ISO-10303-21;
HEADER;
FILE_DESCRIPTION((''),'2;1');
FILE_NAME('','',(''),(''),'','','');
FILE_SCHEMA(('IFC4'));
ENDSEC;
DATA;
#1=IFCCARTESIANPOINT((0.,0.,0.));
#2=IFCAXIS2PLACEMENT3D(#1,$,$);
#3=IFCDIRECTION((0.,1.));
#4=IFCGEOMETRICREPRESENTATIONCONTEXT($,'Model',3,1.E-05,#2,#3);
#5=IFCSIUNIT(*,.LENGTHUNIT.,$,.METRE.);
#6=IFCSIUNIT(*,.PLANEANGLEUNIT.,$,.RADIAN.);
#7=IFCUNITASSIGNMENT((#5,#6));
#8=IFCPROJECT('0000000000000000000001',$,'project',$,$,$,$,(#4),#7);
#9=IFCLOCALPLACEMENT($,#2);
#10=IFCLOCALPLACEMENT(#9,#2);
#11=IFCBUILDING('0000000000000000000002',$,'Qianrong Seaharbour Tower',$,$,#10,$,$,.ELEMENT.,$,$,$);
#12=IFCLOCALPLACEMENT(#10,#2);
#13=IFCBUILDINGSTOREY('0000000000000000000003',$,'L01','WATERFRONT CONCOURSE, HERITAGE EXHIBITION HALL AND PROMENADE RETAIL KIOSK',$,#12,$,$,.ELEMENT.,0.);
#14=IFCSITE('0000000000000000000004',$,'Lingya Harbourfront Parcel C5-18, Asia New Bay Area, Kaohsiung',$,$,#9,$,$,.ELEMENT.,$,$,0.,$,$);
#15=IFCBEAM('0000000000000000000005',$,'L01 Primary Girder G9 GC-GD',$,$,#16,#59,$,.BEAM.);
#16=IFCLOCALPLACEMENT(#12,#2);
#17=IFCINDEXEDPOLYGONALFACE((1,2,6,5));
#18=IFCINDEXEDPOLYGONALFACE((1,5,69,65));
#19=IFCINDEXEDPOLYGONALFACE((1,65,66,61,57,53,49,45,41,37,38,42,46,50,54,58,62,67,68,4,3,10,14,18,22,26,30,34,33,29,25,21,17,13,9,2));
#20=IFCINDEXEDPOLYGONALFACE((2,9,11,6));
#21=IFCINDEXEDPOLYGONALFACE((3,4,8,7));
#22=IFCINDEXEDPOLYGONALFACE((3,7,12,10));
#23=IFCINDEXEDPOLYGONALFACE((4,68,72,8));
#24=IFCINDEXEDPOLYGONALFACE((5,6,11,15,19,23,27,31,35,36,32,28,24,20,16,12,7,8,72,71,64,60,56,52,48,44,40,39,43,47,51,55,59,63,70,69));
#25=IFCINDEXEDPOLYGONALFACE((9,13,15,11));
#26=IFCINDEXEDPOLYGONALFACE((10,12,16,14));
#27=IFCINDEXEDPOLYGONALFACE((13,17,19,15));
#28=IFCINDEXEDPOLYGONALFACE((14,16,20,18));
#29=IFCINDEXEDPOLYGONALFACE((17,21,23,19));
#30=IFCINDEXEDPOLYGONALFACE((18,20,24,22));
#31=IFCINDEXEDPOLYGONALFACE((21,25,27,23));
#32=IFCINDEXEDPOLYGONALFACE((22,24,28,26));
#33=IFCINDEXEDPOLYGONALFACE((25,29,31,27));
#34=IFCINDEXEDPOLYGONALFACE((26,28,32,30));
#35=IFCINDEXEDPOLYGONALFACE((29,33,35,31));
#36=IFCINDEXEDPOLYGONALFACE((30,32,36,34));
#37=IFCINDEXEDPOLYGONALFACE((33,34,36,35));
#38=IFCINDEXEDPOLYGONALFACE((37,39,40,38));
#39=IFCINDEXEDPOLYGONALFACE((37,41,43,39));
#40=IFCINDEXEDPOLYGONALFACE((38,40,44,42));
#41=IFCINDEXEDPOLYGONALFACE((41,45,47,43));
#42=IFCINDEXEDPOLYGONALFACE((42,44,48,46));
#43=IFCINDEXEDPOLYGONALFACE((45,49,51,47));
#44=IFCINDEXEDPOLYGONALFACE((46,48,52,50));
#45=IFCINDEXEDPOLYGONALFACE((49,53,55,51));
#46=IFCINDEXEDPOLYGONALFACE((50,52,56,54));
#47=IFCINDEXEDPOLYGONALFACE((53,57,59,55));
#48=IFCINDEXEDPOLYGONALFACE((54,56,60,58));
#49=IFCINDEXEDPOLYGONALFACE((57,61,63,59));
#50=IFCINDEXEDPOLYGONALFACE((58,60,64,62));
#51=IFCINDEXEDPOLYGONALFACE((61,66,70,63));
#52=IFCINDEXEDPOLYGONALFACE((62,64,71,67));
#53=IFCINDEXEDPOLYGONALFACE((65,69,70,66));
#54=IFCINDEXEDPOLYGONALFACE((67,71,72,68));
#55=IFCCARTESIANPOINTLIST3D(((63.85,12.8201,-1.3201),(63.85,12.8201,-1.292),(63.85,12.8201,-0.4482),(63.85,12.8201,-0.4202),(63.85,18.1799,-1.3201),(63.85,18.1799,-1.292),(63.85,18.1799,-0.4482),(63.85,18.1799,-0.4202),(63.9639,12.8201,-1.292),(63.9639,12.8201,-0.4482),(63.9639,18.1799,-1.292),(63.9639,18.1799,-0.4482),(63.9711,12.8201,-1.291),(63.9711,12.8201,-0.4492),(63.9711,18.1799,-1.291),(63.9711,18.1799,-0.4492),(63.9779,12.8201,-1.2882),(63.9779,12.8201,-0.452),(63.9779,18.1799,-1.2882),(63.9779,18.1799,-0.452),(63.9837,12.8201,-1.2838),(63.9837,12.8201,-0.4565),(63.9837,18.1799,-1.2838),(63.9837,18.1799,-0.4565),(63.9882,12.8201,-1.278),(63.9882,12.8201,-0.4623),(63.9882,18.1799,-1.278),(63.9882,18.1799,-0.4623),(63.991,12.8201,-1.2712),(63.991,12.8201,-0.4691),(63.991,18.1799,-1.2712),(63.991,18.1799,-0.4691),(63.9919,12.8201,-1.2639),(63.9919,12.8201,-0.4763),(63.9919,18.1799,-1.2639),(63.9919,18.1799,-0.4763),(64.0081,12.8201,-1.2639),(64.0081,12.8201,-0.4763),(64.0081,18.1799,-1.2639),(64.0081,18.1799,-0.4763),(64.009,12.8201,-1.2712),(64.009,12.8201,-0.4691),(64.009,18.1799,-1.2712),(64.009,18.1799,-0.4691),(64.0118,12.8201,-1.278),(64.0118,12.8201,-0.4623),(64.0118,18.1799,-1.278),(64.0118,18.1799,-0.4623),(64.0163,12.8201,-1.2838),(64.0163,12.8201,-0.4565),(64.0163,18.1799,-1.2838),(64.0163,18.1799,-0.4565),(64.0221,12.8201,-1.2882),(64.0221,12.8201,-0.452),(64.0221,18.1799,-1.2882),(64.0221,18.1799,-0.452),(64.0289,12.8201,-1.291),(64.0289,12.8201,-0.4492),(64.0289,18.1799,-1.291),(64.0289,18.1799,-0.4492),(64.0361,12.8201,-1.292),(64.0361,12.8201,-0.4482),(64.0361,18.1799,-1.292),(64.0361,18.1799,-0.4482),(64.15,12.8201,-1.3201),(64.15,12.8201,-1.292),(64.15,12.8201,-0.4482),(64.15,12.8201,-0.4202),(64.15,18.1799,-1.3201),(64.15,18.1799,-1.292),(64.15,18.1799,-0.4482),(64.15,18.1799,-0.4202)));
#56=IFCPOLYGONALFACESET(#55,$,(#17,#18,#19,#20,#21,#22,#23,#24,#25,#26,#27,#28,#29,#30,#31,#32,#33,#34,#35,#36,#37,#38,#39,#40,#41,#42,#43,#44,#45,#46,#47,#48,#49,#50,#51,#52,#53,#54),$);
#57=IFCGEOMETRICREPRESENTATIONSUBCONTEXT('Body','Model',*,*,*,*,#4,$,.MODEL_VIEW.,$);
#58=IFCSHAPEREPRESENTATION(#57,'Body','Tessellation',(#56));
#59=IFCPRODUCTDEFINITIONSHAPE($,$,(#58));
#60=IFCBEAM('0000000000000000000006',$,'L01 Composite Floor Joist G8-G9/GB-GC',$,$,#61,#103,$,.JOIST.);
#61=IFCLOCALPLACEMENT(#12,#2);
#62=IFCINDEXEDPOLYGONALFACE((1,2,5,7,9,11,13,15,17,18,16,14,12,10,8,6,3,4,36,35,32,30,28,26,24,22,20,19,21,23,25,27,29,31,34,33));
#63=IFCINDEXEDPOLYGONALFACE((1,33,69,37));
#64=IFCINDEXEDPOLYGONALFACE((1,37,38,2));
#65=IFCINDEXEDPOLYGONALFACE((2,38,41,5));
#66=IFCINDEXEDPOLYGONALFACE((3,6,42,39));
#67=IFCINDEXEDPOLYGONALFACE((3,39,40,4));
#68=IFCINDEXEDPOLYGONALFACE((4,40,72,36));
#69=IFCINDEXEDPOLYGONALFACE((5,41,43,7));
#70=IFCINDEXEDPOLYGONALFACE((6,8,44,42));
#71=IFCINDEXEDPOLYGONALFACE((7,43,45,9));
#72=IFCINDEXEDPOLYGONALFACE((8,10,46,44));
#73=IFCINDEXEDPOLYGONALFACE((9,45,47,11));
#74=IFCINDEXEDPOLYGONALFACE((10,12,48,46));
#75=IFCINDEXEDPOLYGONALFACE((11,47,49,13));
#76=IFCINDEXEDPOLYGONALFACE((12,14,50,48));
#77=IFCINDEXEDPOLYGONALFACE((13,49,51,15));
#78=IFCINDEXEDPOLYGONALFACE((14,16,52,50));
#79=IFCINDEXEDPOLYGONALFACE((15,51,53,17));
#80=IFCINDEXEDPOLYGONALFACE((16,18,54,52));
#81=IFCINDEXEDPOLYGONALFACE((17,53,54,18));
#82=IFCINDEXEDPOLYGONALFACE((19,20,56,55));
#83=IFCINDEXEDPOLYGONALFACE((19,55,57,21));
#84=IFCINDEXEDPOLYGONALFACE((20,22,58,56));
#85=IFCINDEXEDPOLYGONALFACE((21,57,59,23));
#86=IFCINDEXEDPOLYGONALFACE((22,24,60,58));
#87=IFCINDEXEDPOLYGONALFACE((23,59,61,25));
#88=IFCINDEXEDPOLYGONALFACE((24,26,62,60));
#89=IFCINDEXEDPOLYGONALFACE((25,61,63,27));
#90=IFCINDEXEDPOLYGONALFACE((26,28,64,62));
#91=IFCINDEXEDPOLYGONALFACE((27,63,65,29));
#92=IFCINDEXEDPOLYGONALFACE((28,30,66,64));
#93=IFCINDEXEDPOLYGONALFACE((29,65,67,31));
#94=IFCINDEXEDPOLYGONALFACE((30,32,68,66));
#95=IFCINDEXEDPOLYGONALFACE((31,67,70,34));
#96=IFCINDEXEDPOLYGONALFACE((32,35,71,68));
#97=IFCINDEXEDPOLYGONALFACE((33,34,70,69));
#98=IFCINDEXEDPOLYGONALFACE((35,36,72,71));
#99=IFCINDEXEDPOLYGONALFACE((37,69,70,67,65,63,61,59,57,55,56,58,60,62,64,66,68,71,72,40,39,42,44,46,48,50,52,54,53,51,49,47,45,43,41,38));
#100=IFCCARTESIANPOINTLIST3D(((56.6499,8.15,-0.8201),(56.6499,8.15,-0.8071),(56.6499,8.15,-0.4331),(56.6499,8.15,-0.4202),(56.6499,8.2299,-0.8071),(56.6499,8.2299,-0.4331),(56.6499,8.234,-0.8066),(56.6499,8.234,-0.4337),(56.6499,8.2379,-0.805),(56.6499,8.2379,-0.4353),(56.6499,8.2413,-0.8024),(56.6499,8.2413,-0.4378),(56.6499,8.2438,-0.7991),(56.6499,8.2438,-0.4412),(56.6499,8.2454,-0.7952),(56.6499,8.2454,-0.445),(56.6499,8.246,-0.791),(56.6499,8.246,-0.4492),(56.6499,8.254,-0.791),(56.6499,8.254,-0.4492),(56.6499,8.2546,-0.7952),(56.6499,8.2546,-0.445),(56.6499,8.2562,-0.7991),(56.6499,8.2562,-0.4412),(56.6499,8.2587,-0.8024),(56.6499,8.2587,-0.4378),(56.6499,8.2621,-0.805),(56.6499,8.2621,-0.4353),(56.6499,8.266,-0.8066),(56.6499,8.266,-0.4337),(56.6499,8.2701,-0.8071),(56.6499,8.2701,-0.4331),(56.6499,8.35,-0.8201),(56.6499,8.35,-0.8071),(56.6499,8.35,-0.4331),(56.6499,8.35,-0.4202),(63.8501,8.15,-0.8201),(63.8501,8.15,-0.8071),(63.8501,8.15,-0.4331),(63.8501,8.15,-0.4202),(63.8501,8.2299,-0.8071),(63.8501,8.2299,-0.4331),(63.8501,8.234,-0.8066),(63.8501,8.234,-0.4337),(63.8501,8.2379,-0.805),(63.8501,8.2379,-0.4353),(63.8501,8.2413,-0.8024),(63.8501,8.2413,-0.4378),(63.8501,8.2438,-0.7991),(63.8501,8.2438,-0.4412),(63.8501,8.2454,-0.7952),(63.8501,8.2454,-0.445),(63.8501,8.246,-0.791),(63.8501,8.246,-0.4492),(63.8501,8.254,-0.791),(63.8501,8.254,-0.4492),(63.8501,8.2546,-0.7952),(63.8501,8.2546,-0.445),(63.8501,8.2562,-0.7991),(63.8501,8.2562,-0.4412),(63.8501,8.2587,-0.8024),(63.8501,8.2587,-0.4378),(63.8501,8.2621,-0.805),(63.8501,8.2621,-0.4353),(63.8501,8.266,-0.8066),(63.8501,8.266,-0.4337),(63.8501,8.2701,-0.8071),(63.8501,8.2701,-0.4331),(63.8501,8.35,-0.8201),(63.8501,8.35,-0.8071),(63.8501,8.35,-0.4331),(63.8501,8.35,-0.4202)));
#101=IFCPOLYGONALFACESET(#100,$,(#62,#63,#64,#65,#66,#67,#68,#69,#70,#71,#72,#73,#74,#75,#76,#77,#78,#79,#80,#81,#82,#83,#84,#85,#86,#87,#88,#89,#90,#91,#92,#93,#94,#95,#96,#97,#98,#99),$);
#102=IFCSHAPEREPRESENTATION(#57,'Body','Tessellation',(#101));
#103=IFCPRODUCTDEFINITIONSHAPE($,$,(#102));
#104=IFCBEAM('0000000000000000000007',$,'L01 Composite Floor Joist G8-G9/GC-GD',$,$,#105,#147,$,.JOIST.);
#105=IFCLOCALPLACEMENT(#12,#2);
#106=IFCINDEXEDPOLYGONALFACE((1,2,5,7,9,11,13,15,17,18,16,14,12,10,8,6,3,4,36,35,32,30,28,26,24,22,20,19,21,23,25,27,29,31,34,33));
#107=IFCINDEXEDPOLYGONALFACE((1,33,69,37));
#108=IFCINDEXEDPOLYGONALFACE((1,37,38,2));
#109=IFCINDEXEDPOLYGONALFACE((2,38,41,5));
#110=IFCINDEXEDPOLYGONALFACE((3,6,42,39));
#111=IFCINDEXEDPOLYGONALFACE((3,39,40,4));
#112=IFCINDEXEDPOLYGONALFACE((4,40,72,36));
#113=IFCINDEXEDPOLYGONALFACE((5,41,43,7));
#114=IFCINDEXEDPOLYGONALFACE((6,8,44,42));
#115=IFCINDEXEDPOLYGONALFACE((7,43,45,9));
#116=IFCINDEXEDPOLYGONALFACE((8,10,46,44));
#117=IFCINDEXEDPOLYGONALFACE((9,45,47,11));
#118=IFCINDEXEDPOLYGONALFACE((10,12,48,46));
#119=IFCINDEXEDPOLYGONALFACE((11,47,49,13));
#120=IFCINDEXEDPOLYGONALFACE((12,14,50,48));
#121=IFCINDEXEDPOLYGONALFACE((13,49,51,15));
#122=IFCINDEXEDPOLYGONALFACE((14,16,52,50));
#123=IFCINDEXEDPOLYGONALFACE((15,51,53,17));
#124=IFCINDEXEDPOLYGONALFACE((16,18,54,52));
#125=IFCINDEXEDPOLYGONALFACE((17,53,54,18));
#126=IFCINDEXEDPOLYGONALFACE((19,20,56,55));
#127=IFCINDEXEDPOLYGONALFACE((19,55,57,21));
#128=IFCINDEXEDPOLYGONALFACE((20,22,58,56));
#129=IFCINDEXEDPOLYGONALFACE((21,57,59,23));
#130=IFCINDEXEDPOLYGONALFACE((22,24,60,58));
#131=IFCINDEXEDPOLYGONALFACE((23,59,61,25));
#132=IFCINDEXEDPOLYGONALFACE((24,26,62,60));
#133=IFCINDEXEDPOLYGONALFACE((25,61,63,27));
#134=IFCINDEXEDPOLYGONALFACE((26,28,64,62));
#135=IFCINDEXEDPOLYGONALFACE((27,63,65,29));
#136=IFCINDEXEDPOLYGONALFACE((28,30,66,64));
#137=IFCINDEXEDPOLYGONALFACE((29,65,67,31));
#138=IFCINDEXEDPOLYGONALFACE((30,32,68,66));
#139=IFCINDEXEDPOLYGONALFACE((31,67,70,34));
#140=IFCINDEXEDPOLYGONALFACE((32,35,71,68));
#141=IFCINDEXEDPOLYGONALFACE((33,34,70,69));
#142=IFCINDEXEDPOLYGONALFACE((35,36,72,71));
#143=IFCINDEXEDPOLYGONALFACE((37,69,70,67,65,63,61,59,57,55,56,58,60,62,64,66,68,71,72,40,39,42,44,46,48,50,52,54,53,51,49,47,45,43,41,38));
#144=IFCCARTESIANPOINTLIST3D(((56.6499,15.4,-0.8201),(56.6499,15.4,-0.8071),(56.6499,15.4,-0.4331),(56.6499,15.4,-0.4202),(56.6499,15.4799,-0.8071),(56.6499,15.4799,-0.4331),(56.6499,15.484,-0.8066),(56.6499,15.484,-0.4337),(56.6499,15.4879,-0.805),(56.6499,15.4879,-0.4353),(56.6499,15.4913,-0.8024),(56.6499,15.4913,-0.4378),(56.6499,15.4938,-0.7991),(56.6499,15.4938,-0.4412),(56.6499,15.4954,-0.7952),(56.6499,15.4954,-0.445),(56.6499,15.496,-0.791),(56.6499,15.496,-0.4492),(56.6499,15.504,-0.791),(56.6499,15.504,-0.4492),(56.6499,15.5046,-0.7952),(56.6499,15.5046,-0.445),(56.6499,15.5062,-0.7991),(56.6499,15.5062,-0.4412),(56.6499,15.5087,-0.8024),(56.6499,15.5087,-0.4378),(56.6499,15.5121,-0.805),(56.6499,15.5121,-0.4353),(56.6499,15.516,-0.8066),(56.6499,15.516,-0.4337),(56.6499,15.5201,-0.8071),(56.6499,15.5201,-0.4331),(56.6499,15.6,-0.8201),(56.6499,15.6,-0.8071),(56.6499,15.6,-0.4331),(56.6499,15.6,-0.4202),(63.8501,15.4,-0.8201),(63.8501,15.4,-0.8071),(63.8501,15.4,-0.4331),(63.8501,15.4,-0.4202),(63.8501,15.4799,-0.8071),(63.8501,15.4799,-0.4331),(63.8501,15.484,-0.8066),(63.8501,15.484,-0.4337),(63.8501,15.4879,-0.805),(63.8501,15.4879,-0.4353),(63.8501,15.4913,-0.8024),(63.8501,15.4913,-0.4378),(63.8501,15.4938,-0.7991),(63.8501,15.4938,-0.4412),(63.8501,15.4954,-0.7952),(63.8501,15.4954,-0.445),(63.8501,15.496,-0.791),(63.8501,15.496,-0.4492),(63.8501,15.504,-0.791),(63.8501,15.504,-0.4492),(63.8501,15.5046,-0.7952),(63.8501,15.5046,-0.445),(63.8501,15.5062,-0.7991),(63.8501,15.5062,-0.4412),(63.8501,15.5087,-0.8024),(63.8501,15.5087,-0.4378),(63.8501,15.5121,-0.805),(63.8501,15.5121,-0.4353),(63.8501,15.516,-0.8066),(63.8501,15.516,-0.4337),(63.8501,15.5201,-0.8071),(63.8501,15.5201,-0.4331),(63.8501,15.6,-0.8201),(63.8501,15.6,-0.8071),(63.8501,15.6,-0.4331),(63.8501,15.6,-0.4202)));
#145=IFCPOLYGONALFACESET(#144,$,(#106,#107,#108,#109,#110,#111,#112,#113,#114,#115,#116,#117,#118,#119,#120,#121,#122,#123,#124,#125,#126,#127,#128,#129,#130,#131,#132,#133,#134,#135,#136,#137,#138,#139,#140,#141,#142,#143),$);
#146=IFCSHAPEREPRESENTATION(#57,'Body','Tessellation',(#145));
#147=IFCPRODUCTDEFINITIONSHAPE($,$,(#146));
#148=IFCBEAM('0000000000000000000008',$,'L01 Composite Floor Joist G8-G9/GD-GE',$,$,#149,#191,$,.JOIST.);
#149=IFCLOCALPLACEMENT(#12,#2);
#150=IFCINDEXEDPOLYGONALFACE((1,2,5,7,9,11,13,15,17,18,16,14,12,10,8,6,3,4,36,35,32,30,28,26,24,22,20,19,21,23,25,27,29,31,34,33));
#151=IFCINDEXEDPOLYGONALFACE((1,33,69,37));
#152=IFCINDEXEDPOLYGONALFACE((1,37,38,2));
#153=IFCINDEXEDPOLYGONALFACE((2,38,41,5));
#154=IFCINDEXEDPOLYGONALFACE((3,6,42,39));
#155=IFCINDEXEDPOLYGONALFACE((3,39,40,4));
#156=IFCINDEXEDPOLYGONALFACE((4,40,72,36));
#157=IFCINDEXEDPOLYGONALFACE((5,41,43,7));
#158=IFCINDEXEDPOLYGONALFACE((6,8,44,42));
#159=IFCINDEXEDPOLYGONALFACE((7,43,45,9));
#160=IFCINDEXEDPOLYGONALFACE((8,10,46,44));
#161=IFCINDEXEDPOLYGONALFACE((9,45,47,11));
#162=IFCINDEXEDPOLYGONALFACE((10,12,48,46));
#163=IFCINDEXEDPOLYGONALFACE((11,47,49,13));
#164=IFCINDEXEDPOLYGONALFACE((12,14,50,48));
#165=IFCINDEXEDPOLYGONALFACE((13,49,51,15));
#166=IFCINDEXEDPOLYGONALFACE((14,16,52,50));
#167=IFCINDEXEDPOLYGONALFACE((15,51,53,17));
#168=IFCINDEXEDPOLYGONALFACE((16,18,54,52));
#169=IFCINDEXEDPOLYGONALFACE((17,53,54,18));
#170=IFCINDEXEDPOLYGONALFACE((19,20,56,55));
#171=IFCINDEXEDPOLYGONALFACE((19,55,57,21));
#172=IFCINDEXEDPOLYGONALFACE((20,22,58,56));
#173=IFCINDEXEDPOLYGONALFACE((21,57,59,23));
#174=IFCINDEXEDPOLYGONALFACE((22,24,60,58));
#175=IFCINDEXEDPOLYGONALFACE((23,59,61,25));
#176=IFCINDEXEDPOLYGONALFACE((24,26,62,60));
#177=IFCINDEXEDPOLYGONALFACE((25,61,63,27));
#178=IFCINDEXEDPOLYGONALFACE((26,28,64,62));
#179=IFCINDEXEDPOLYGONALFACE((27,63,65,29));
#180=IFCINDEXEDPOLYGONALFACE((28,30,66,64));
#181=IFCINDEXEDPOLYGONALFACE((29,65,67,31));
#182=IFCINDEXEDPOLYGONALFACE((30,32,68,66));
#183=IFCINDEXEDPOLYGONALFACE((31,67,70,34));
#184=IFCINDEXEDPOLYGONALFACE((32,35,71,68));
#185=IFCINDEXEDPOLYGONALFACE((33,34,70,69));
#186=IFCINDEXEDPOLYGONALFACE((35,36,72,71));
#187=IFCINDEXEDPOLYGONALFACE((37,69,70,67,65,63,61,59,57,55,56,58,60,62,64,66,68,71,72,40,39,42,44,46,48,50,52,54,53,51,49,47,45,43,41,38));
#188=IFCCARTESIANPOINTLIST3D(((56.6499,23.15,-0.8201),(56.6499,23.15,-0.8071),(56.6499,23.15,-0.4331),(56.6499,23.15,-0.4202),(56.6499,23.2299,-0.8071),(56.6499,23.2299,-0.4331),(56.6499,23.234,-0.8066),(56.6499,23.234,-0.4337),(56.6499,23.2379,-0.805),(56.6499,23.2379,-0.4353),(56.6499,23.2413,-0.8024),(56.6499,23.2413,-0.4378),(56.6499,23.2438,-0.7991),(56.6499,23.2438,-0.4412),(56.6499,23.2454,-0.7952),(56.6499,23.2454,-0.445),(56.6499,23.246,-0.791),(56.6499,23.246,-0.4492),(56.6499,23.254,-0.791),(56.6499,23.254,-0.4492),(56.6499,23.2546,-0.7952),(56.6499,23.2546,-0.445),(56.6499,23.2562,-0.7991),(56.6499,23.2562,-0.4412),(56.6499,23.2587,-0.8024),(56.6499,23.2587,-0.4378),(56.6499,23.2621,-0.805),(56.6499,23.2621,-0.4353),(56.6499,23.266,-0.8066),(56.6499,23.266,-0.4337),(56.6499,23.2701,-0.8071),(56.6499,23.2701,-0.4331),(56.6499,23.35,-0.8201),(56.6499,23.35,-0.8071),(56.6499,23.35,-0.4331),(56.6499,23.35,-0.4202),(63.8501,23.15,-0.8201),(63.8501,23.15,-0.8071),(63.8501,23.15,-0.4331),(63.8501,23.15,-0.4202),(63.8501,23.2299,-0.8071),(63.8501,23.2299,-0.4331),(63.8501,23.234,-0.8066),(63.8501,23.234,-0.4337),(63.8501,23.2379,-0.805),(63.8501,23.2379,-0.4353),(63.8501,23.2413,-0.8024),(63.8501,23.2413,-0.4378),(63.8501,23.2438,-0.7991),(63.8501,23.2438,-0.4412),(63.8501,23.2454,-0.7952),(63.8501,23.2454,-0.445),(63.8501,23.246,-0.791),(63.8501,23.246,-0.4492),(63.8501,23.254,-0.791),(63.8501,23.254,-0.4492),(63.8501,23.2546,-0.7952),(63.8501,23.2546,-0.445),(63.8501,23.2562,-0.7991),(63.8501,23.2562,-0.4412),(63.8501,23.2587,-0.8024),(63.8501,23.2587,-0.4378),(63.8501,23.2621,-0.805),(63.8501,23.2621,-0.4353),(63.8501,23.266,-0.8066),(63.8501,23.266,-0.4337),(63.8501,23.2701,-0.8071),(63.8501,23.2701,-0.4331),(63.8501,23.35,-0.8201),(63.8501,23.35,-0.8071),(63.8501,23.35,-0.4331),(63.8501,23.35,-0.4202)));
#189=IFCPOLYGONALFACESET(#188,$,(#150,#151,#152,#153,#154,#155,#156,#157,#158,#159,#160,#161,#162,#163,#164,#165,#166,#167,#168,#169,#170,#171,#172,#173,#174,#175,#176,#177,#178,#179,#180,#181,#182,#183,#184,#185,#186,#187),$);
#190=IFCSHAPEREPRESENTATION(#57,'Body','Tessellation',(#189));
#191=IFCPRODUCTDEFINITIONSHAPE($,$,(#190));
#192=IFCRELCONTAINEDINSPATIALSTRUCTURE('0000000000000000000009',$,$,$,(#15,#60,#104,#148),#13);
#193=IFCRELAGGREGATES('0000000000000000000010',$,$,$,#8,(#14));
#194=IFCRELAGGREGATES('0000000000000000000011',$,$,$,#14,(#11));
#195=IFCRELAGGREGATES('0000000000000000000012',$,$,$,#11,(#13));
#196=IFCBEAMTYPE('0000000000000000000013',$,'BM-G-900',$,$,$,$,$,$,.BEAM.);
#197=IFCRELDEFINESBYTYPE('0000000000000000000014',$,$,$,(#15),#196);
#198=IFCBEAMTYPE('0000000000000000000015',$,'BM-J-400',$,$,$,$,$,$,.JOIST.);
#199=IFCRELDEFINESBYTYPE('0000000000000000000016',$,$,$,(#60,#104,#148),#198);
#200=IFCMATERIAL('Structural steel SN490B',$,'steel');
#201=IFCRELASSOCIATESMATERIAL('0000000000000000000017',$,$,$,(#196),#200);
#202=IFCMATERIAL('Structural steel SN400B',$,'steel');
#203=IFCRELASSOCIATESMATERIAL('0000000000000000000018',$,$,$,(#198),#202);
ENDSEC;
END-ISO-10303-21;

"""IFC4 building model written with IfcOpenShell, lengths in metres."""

from ifc_helpers import new_model, si_unit, direction, frame, origin, origin_2d, place, context, subcontext, project, spatial, i_section, extrude, material, material_profile, profile_set, type_object, element, save


model = new_model("IFC4")

# Units and contexts
model_context = context("Model", 3, precision=1e-05, world=origin(), true_north=direction((0.0, 1.0)))
body_context = subcontext(model_context, "Body", "Model", "MODEL_VIEW")
ifc_project = project(units=[si_unit("LENGTHUNIT", "METRE"), si_unit("PLANEANGLEUNIT", "RADIAN")], contexts=[model_context])

# Site, building, storey
site_placement = place(None, origin())
site = spatial("IfcSite", under=ifc_project, at=site_placement, Name="Lingya Harbourfront Parcel C5-18, Asia New Bay Area, Kaohsiung", CompositionType="ELEMENT", RefElevation=0.0)
building_placement = place(site_placement, origin())
building = spatial("IfcBuilding", under=site, at=building_placement, Name="Qianrong Seaharbour Tower", CompositionType="ELEMENT")
storey_placement = place(building_placement, origin())
storey = spatial("IfcBuildingStorey", under=building, at=storey_placement, Name="L01", Description="WATERFRONT CONCOURSE, HERITAGE EXHIBITION HALL AND PROMENADE RETAIL KIOSK", CompositionType="ELEMENT", Elevation=0.0)

# Shared definitions
ifc_material_1 = material(Name="Structural steel SN490B", Category="steel")

# Beams
ifc_material_profile_1 = material_profile(ifc_material_1, i_section(OverallWidth=0.3, OverallDepth=0.8999, WebThickness=0.0161, FlangeThickness=0.0281, FilletRadius=0.0281, at=origin_2d()), Name="H900x300x16x28")
ifc_profile_set_1 = profile_set([ifc_material_profile_1], Name="Structural steel SN490B")
beam_type_1 = type_object("IfcBeamType", Name="BM-G-900", PredefinedType="BEAM", material=ifc_profile_set_1)
for number, where, z_axis, x_axis, name in (
    (1, (64.0, 12.8201, -0.8701), (0.0, 1.0, 0.0), (-1.0, 0.0, 0.0), "L01 Primary Girder G9 GC-GD"),
):
    element("IfcBeam", number, at=place(storey_placement, frame(where, z_axis=z_axis, x_axis=x_axis)), inside=storey, type_object=beam_type_1, Name=name, PredefinedType="BEAM", context=body_context, shape_type="SweptSolid", body=[
        extrude(i_section(OverallWidth=0.3, OverallDepth=0.8999, WebThickness=0.0161, FlangeThickness=0.0281, FilletRadius=0.0281, at=origin_2d()), origin(), (0.0, 0.0, 1.0), 5.3599),
    ])
ifc_material_2 = material(Name="Structural steel SN400B", Category="steel")
ifc_material_profile_2 = material_profile(ifc_material_2, i_section(OverallWidth=0.2, OverallDepth=0.3999, WebThickness=0.0081, FlangeThickness=0.0129, FilletRadius=0.0161, at=origin_2d()), Name="H400x200x8x13")
ifc_profile_set_2 = profile_set([ifc_material_profile_2], Name="Structural steel SN400B")
beam_type_2 = type_object("IfcBeamType", Name="BM-J-400", PredefinedType="JOIST", material=ifc_profile_set_2)
for number, where, z_axis, x_axis, name in (
    (2, (56.6499, 8.25, -0.6201), (1.0, 0.0, 0.0), (0.0, 1.0, 0.0), "L01 Composite Floor Joist G8-G9/GB-GC"),
    (3, (56.6499, 15.5, -0.6201), (1.0, 0.0, 0.0), (0.0, 1.0, 0.0), "L01 Composite Floor Joist G8-G9/GC-GD"),
    (4, (56.6499, 23.25, -0.6201), (1.0, 0.0, 0.0), (0.0, 1.0, 0.0), "L01 Composite Floor Joist G8-G9/GD-GE"),
):
    element("IfcBeam", number, at=place(storey_placement, frame(where, z_axis=z_axis, x_axis=x_axis)), inside=storey, type_object=beam_type_2, Name=name, PredefinedType="JOIST", context=body_context, shape_type="SweptSolid", body=[
        extrude(i_section(OverallWidth=0.2, OverallDepth=0.3999, WebThickness=0.0081, FlangeThickness=0.0129, FilletRadius=0.0161, at=origin_2d()), origin(), (0.0, 0.0, 1.0), 7.2002),
    ])

save(model, "model.ifc")
